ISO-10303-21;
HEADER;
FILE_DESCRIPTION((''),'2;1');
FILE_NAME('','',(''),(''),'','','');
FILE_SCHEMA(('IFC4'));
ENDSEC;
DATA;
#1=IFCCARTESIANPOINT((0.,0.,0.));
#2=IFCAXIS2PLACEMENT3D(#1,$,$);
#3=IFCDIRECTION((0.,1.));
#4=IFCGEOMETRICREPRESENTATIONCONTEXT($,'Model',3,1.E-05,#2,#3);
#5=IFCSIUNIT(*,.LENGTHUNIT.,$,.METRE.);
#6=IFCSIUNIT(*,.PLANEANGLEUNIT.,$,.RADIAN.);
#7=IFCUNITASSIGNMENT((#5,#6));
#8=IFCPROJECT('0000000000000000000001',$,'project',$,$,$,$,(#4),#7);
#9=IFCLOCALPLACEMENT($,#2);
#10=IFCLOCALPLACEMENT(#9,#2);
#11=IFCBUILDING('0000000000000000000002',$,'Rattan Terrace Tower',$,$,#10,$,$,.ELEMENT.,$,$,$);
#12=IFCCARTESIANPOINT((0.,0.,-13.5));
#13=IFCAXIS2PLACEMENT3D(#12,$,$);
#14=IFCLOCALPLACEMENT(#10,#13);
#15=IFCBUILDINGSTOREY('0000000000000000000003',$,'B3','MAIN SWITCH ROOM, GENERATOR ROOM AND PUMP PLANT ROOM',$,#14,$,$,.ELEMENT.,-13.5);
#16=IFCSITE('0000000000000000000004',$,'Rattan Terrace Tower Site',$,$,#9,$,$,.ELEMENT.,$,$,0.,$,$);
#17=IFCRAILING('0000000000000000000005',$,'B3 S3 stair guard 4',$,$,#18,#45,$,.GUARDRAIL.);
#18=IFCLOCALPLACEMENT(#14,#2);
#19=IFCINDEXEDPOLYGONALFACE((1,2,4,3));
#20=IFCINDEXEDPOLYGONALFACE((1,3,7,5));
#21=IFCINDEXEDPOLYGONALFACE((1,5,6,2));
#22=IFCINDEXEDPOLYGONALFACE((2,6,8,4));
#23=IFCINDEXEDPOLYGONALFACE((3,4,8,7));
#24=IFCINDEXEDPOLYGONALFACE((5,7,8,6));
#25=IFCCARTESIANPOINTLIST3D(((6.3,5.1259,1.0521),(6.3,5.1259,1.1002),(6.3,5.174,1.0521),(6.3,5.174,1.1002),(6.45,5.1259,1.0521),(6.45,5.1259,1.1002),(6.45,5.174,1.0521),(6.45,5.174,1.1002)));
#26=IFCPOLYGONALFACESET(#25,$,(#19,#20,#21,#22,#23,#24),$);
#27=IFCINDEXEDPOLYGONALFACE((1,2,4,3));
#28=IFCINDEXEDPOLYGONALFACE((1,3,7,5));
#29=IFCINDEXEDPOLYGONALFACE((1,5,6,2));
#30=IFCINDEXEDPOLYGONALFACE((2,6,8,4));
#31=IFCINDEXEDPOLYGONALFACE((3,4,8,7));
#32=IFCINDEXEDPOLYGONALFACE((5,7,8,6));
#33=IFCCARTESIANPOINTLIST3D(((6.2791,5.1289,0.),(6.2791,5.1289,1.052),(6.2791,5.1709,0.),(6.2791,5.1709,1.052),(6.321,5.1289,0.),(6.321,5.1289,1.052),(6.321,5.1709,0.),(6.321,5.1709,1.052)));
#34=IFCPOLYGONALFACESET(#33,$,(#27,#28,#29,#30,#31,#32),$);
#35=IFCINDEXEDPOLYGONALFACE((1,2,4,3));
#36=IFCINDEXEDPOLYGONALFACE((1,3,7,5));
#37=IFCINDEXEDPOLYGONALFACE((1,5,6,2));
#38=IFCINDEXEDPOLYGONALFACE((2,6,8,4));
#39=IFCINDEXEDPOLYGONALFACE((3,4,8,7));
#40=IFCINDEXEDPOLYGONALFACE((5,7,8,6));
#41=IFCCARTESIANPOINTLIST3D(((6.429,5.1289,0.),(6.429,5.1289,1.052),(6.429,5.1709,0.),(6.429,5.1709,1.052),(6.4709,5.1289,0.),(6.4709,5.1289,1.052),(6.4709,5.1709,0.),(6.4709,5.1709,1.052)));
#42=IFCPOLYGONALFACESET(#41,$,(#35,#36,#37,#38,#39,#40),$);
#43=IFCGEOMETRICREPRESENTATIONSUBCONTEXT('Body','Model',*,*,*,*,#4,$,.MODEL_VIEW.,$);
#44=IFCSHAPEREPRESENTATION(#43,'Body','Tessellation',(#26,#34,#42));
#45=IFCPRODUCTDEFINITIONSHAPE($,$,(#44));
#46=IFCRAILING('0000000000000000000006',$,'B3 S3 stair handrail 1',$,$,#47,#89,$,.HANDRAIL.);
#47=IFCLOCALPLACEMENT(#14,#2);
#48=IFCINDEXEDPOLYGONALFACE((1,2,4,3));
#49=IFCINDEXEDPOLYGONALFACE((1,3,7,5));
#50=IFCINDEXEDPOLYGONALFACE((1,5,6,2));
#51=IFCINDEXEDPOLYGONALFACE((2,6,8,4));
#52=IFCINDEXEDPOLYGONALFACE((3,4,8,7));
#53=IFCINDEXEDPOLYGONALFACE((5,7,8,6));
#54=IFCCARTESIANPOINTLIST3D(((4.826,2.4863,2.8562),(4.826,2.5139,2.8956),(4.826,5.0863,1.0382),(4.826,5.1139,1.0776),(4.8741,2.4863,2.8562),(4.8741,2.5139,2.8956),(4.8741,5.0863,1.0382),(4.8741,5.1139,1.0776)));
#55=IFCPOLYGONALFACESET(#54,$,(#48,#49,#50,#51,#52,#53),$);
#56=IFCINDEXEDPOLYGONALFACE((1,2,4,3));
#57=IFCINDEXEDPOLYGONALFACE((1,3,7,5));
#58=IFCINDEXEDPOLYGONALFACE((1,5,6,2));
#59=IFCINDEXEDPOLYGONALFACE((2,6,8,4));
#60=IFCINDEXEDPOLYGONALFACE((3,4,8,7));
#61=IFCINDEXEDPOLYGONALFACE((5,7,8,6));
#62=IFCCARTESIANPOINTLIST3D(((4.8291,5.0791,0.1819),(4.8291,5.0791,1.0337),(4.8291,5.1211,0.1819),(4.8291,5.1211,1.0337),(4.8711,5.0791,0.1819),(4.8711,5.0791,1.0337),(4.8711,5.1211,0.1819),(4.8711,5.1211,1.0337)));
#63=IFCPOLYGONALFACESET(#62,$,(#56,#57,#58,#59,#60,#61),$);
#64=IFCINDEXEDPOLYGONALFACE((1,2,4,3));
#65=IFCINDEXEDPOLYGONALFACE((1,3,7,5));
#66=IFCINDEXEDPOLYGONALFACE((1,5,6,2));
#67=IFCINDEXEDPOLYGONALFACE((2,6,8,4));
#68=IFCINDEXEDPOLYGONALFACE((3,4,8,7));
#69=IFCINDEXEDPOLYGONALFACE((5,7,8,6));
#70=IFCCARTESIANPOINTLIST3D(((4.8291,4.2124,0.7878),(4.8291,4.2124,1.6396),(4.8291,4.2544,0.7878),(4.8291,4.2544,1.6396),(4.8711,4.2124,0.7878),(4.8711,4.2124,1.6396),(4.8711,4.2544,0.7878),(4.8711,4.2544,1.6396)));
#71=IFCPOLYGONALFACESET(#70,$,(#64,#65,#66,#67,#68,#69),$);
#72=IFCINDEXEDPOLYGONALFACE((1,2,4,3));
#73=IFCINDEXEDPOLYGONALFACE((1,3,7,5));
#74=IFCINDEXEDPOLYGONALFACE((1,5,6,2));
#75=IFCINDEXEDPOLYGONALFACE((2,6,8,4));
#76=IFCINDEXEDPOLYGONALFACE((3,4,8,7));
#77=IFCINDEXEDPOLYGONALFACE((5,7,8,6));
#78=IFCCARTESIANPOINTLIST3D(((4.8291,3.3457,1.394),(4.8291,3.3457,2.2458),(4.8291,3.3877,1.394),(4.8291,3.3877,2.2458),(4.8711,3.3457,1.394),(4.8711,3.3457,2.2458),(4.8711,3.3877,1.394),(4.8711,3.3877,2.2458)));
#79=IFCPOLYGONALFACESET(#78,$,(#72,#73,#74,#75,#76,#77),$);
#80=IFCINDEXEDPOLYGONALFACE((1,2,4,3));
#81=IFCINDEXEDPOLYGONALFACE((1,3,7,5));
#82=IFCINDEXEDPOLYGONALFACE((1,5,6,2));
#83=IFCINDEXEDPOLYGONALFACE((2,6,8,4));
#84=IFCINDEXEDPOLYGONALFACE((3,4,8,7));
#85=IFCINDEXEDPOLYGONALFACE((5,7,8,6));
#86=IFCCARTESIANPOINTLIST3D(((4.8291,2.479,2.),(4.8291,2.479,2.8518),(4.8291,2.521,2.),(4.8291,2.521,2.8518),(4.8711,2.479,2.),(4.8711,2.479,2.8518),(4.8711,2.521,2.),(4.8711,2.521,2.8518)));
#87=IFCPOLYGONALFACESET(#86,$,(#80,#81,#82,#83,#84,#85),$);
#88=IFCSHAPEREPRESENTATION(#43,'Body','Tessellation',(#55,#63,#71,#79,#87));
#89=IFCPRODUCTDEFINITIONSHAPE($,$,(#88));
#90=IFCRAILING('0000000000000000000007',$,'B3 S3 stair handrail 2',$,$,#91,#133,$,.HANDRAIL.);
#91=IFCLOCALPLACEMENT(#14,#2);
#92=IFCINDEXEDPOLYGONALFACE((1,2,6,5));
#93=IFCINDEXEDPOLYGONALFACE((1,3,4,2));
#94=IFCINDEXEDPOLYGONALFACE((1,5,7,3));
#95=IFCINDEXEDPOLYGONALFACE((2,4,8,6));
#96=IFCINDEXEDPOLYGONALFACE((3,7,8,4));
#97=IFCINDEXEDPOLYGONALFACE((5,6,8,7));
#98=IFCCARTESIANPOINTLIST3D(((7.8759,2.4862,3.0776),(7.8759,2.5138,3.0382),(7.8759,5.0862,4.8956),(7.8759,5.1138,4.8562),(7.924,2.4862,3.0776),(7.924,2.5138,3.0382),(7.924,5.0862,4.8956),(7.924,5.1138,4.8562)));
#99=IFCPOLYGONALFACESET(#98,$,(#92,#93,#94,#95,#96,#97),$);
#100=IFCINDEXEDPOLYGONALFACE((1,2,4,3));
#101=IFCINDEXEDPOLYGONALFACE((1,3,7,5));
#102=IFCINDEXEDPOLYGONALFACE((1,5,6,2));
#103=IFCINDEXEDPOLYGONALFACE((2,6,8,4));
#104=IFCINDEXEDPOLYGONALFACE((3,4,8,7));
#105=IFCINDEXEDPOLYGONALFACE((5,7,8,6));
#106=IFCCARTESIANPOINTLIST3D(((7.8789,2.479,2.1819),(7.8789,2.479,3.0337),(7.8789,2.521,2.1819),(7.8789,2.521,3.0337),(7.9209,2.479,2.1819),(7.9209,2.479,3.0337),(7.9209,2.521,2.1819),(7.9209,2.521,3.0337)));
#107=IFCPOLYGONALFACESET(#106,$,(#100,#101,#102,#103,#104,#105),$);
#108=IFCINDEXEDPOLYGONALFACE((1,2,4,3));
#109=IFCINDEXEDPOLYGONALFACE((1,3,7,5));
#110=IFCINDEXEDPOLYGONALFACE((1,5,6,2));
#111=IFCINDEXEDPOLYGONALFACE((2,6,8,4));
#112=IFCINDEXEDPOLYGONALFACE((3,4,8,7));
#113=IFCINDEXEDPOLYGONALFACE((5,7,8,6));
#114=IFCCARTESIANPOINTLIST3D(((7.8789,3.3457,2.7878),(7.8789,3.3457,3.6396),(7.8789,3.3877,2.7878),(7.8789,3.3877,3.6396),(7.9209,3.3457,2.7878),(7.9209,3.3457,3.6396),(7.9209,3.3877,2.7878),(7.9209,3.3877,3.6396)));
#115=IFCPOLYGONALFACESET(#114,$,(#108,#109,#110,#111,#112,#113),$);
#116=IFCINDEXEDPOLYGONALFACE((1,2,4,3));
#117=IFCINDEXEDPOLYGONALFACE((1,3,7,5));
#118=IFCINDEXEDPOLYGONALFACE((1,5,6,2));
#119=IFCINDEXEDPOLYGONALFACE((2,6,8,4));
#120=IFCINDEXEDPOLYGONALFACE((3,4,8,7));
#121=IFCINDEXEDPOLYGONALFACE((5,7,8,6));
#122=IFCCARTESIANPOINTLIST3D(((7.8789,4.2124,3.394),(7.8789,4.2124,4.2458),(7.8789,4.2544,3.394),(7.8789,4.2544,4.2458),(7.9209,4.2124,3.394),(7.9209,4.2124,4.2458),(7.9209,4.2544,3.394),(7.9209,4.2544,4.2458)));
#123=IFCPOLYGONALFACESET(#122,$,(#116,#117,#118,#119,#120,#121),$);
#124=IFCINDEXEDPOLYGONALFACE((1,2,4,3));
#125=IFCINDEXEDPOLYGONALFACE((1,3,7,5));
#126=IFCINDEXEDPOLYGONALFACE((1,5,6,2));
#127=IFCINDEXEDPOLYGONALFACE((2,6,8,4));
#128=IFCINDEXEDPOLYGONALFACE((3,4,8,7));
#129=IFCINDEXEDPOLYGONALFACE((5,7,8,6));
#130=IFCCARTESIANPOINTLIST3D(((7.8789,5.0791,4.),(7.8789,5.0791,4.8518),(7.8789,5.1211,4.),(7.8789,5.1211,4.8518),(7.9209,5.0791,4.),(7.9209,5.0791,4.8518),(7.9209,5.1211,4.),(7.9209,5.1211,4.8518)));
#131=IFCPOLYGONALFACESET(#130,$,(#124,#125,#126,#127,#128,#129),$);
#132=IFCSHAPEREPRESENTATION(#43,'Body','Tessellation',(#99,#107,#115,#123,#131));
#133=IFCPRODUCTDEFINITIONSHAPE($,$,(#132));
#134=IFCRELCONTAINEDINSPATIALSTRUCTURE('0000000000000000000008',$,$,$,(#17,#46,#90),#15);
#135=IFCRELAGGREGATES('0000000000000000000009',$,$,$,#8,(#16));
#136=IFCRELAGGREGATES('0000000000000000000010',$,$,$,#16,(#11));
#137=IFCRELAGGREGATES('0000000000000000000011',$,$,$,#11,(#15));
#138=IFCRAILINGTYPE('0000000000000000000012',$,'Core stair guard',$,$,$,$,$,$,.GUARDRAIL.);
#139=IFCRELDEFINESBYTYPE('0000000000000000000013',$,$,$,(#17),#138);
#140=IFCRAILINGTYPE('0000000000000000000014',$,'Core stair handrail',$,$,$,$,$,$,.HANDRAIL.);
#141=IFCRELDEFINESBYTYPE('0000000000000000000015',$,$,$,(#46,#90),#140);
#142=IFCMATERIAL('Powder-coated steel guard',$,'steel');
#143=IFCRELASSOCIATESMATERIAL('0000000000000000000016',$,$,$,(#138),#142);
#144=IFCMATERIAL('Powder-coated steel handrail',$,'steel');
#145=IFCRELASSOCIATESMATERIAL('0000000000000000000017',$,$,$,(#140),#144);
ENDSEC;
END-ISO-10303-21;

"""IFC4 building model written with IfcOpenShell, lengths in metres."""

from ifc_helpers import new_model, si_unit, direction, frame, origin, origin_2d, place, context, subcontext, project, spatial, rectangle, extrude, material, type_object, element, save


model = new_model("IFC4")

# Units and contexts
model_context = context("Model", 3, precision=1e-05, world=origin(), true_north=direction((0.0, 1.0)))
body_context = subcontext(model_context, "Body", "Model", "MODEL_VIEW")
ifc_project = project(units=[si_unit("LENGTHUNIT", "METRE"), si_unit("PLANEANGLEUNIT", "RADIAN")], contexts=[model_context])

# Site, building, storey
site_placement = place(None, origin())
site = spatial("IfcSite", under=ifc_project, at=site_placement, Name="Rattan Terrace Tower Site", CompositionType="ELEMENT", RefElevation=0.0)
building_placement = place(site_placement, origin())
building = spatial("IfcBuilding", under=site, at=building_placement, Name="Rattan Terrace Tower", CompositionType="ELEMENT")
storey_placement = place(building_placement, frame((0.0, 0.0, -13.5)))
storey = spatial("IfcBuildingStorey", under=building, at=storey_placement, Name="B3", Description="MAIN SWITCH ROOM, GENERATOR ROOM AND PUMP PLANT ROOM", CompositionType="ELEMENT", Elevation=-13.5)

# Railings
ifc_material_1 = material(Name="Powder-coated steel guard", Category="steel")
railing_type_1 = type_object("IfcRailingType", Name="Core stair guard", PredefinedType="GUARDRAIL", material=ifc_material_1)
railing_1_placement = place(storey_placement, frame((6.3, 5.1499, 0.0)))
element("IfcRailing", 1, at=railing_1_placement, inside=storey, type_object=railing_type_1, Name="B3 S3 stair guard 4", PredefinedType="GUARDRAIL", context=body_context, shape_type="SweptSolid", body=[
    extrude(rectangle(XDim=0.0481, YDim=0.0481, at=origin_2d()), frame((0.0, 0.0, 1.0762), z_axis=(1.0, 0.0, 0.0), x_axis=(0.0, 1.0, 0.0)), (0.0, 0.0, 1.0), 0.1499),
    extrude(rectangle(XDim=0.042, YDim=0.042, at=origin_2d()), origin(), (0.0, 0.0, 1.0), 1.052),
    extrude(rectangle(XDim=0.042, YDim=0.042, at=origin_2d()), frame((0.1499, 0.0, 0.0)), (0.0, 0.0, 1.0), 1.052),
])
ifc_material_2 = material(Name="Powder-coated steel handrail", Category="steel")
railing_type_2 = type_object("IfcRailingType", Name="Core stair handrail", PredefinedType="HANDRAIL", material=ifc_material_2)
railing_2_placement = place(storey_placement, frame((4.8501, 5.1001, 0.1819)))
element("IfcRailing", 2, at=railing_2_placement, inside=storey, type_object=railing_type_2, Name="B3 S3 stair handrail 1", PredefinedType="HANDRAIL", context=body_context, shape_type="SweptSolid", body=[
    extrude(rectangle(XDim=0.0481, YDim=0.0481, at=origin_2d()), frame((0.0, 0.0, 0.876), z_axis=(0.0, -0.819521, 0.573049), x_axis=(1.0, 0.0, 0.0)), (0.0, 0.0, 1.0), 3.1726),
    extrude(rectangle(XDim=0.042, YDim=0.042, at=origin_2d()), origin(), (0.0, 0.0, 1.0), 0.8518),
    extrude(rectangle(XDim=0.042, YDim=0.042, at=origin_2d()), frame((0.0, -0.8667, 0.606)), (0.0, 0.0, 1.0), 0.8518),
    extrude(rectangle(XDim=0.042, YDim=0.042, at=origin_2d()), frame((0.0, -1.7334, 1.2122)), (0.0, 0.0, 1.0), 0.8518),
    extrude(rectangle(XDim=0.042, YDim=0.042, at=origin_2d()), frame((0.0, -2.6001, 1.8181)), (0.0, 0.0, 1.0), 0.8518),
])
railing_3_placement = place(storey_placement, frame((7.8999, 2.5, 2.1819)))
element("IfcRailing", 3, at=railing_3_placement, inside=storey, type_object=railing_type_2, Name="B3 S3 stair handrail 2", PredefinedType="HANDRAIL", context=body_context, shape_type="SweptSolid", body=[
    extrude(rectangle(XDim=0.0481, YDim=0.0481, at=origin_2d()), frame((0.0, 0.0, 0.876), z_axis=(0.0, 0.819521, 0.573049), x_axis=(-1.0, 0.0, 0.0)), (0.0, 0.0, 1.0), 3.1726),
    extrude(rectangle(XDim=0.042, YDim=0.042, at=origin_2d()), origin(), (0.0, 0.0, 1.0), 0.8518),
    extrude(rectangle(XDim=0.042, YDim=0.042, at=origin_2d()), frame((0.0, 0.8667, 0.606)), (0.0, 0.0, 1.0), 0.8518),
    extrude(rectangle(XDim=0.042, YDim=0.042, at=origin_2d()), frame((0.0, 1.7334, 1.2122)), (0.0, 0.0, 1.0), 0.8518),
    extrude(rectangle(XDim=0.042, YDim=0.042, at=origin_2d()), frame((0.0, 2.6001, 1.8181)), (0.0, 0.0, 1.0), 0.8518),
])

save(model, "model.ifc")
